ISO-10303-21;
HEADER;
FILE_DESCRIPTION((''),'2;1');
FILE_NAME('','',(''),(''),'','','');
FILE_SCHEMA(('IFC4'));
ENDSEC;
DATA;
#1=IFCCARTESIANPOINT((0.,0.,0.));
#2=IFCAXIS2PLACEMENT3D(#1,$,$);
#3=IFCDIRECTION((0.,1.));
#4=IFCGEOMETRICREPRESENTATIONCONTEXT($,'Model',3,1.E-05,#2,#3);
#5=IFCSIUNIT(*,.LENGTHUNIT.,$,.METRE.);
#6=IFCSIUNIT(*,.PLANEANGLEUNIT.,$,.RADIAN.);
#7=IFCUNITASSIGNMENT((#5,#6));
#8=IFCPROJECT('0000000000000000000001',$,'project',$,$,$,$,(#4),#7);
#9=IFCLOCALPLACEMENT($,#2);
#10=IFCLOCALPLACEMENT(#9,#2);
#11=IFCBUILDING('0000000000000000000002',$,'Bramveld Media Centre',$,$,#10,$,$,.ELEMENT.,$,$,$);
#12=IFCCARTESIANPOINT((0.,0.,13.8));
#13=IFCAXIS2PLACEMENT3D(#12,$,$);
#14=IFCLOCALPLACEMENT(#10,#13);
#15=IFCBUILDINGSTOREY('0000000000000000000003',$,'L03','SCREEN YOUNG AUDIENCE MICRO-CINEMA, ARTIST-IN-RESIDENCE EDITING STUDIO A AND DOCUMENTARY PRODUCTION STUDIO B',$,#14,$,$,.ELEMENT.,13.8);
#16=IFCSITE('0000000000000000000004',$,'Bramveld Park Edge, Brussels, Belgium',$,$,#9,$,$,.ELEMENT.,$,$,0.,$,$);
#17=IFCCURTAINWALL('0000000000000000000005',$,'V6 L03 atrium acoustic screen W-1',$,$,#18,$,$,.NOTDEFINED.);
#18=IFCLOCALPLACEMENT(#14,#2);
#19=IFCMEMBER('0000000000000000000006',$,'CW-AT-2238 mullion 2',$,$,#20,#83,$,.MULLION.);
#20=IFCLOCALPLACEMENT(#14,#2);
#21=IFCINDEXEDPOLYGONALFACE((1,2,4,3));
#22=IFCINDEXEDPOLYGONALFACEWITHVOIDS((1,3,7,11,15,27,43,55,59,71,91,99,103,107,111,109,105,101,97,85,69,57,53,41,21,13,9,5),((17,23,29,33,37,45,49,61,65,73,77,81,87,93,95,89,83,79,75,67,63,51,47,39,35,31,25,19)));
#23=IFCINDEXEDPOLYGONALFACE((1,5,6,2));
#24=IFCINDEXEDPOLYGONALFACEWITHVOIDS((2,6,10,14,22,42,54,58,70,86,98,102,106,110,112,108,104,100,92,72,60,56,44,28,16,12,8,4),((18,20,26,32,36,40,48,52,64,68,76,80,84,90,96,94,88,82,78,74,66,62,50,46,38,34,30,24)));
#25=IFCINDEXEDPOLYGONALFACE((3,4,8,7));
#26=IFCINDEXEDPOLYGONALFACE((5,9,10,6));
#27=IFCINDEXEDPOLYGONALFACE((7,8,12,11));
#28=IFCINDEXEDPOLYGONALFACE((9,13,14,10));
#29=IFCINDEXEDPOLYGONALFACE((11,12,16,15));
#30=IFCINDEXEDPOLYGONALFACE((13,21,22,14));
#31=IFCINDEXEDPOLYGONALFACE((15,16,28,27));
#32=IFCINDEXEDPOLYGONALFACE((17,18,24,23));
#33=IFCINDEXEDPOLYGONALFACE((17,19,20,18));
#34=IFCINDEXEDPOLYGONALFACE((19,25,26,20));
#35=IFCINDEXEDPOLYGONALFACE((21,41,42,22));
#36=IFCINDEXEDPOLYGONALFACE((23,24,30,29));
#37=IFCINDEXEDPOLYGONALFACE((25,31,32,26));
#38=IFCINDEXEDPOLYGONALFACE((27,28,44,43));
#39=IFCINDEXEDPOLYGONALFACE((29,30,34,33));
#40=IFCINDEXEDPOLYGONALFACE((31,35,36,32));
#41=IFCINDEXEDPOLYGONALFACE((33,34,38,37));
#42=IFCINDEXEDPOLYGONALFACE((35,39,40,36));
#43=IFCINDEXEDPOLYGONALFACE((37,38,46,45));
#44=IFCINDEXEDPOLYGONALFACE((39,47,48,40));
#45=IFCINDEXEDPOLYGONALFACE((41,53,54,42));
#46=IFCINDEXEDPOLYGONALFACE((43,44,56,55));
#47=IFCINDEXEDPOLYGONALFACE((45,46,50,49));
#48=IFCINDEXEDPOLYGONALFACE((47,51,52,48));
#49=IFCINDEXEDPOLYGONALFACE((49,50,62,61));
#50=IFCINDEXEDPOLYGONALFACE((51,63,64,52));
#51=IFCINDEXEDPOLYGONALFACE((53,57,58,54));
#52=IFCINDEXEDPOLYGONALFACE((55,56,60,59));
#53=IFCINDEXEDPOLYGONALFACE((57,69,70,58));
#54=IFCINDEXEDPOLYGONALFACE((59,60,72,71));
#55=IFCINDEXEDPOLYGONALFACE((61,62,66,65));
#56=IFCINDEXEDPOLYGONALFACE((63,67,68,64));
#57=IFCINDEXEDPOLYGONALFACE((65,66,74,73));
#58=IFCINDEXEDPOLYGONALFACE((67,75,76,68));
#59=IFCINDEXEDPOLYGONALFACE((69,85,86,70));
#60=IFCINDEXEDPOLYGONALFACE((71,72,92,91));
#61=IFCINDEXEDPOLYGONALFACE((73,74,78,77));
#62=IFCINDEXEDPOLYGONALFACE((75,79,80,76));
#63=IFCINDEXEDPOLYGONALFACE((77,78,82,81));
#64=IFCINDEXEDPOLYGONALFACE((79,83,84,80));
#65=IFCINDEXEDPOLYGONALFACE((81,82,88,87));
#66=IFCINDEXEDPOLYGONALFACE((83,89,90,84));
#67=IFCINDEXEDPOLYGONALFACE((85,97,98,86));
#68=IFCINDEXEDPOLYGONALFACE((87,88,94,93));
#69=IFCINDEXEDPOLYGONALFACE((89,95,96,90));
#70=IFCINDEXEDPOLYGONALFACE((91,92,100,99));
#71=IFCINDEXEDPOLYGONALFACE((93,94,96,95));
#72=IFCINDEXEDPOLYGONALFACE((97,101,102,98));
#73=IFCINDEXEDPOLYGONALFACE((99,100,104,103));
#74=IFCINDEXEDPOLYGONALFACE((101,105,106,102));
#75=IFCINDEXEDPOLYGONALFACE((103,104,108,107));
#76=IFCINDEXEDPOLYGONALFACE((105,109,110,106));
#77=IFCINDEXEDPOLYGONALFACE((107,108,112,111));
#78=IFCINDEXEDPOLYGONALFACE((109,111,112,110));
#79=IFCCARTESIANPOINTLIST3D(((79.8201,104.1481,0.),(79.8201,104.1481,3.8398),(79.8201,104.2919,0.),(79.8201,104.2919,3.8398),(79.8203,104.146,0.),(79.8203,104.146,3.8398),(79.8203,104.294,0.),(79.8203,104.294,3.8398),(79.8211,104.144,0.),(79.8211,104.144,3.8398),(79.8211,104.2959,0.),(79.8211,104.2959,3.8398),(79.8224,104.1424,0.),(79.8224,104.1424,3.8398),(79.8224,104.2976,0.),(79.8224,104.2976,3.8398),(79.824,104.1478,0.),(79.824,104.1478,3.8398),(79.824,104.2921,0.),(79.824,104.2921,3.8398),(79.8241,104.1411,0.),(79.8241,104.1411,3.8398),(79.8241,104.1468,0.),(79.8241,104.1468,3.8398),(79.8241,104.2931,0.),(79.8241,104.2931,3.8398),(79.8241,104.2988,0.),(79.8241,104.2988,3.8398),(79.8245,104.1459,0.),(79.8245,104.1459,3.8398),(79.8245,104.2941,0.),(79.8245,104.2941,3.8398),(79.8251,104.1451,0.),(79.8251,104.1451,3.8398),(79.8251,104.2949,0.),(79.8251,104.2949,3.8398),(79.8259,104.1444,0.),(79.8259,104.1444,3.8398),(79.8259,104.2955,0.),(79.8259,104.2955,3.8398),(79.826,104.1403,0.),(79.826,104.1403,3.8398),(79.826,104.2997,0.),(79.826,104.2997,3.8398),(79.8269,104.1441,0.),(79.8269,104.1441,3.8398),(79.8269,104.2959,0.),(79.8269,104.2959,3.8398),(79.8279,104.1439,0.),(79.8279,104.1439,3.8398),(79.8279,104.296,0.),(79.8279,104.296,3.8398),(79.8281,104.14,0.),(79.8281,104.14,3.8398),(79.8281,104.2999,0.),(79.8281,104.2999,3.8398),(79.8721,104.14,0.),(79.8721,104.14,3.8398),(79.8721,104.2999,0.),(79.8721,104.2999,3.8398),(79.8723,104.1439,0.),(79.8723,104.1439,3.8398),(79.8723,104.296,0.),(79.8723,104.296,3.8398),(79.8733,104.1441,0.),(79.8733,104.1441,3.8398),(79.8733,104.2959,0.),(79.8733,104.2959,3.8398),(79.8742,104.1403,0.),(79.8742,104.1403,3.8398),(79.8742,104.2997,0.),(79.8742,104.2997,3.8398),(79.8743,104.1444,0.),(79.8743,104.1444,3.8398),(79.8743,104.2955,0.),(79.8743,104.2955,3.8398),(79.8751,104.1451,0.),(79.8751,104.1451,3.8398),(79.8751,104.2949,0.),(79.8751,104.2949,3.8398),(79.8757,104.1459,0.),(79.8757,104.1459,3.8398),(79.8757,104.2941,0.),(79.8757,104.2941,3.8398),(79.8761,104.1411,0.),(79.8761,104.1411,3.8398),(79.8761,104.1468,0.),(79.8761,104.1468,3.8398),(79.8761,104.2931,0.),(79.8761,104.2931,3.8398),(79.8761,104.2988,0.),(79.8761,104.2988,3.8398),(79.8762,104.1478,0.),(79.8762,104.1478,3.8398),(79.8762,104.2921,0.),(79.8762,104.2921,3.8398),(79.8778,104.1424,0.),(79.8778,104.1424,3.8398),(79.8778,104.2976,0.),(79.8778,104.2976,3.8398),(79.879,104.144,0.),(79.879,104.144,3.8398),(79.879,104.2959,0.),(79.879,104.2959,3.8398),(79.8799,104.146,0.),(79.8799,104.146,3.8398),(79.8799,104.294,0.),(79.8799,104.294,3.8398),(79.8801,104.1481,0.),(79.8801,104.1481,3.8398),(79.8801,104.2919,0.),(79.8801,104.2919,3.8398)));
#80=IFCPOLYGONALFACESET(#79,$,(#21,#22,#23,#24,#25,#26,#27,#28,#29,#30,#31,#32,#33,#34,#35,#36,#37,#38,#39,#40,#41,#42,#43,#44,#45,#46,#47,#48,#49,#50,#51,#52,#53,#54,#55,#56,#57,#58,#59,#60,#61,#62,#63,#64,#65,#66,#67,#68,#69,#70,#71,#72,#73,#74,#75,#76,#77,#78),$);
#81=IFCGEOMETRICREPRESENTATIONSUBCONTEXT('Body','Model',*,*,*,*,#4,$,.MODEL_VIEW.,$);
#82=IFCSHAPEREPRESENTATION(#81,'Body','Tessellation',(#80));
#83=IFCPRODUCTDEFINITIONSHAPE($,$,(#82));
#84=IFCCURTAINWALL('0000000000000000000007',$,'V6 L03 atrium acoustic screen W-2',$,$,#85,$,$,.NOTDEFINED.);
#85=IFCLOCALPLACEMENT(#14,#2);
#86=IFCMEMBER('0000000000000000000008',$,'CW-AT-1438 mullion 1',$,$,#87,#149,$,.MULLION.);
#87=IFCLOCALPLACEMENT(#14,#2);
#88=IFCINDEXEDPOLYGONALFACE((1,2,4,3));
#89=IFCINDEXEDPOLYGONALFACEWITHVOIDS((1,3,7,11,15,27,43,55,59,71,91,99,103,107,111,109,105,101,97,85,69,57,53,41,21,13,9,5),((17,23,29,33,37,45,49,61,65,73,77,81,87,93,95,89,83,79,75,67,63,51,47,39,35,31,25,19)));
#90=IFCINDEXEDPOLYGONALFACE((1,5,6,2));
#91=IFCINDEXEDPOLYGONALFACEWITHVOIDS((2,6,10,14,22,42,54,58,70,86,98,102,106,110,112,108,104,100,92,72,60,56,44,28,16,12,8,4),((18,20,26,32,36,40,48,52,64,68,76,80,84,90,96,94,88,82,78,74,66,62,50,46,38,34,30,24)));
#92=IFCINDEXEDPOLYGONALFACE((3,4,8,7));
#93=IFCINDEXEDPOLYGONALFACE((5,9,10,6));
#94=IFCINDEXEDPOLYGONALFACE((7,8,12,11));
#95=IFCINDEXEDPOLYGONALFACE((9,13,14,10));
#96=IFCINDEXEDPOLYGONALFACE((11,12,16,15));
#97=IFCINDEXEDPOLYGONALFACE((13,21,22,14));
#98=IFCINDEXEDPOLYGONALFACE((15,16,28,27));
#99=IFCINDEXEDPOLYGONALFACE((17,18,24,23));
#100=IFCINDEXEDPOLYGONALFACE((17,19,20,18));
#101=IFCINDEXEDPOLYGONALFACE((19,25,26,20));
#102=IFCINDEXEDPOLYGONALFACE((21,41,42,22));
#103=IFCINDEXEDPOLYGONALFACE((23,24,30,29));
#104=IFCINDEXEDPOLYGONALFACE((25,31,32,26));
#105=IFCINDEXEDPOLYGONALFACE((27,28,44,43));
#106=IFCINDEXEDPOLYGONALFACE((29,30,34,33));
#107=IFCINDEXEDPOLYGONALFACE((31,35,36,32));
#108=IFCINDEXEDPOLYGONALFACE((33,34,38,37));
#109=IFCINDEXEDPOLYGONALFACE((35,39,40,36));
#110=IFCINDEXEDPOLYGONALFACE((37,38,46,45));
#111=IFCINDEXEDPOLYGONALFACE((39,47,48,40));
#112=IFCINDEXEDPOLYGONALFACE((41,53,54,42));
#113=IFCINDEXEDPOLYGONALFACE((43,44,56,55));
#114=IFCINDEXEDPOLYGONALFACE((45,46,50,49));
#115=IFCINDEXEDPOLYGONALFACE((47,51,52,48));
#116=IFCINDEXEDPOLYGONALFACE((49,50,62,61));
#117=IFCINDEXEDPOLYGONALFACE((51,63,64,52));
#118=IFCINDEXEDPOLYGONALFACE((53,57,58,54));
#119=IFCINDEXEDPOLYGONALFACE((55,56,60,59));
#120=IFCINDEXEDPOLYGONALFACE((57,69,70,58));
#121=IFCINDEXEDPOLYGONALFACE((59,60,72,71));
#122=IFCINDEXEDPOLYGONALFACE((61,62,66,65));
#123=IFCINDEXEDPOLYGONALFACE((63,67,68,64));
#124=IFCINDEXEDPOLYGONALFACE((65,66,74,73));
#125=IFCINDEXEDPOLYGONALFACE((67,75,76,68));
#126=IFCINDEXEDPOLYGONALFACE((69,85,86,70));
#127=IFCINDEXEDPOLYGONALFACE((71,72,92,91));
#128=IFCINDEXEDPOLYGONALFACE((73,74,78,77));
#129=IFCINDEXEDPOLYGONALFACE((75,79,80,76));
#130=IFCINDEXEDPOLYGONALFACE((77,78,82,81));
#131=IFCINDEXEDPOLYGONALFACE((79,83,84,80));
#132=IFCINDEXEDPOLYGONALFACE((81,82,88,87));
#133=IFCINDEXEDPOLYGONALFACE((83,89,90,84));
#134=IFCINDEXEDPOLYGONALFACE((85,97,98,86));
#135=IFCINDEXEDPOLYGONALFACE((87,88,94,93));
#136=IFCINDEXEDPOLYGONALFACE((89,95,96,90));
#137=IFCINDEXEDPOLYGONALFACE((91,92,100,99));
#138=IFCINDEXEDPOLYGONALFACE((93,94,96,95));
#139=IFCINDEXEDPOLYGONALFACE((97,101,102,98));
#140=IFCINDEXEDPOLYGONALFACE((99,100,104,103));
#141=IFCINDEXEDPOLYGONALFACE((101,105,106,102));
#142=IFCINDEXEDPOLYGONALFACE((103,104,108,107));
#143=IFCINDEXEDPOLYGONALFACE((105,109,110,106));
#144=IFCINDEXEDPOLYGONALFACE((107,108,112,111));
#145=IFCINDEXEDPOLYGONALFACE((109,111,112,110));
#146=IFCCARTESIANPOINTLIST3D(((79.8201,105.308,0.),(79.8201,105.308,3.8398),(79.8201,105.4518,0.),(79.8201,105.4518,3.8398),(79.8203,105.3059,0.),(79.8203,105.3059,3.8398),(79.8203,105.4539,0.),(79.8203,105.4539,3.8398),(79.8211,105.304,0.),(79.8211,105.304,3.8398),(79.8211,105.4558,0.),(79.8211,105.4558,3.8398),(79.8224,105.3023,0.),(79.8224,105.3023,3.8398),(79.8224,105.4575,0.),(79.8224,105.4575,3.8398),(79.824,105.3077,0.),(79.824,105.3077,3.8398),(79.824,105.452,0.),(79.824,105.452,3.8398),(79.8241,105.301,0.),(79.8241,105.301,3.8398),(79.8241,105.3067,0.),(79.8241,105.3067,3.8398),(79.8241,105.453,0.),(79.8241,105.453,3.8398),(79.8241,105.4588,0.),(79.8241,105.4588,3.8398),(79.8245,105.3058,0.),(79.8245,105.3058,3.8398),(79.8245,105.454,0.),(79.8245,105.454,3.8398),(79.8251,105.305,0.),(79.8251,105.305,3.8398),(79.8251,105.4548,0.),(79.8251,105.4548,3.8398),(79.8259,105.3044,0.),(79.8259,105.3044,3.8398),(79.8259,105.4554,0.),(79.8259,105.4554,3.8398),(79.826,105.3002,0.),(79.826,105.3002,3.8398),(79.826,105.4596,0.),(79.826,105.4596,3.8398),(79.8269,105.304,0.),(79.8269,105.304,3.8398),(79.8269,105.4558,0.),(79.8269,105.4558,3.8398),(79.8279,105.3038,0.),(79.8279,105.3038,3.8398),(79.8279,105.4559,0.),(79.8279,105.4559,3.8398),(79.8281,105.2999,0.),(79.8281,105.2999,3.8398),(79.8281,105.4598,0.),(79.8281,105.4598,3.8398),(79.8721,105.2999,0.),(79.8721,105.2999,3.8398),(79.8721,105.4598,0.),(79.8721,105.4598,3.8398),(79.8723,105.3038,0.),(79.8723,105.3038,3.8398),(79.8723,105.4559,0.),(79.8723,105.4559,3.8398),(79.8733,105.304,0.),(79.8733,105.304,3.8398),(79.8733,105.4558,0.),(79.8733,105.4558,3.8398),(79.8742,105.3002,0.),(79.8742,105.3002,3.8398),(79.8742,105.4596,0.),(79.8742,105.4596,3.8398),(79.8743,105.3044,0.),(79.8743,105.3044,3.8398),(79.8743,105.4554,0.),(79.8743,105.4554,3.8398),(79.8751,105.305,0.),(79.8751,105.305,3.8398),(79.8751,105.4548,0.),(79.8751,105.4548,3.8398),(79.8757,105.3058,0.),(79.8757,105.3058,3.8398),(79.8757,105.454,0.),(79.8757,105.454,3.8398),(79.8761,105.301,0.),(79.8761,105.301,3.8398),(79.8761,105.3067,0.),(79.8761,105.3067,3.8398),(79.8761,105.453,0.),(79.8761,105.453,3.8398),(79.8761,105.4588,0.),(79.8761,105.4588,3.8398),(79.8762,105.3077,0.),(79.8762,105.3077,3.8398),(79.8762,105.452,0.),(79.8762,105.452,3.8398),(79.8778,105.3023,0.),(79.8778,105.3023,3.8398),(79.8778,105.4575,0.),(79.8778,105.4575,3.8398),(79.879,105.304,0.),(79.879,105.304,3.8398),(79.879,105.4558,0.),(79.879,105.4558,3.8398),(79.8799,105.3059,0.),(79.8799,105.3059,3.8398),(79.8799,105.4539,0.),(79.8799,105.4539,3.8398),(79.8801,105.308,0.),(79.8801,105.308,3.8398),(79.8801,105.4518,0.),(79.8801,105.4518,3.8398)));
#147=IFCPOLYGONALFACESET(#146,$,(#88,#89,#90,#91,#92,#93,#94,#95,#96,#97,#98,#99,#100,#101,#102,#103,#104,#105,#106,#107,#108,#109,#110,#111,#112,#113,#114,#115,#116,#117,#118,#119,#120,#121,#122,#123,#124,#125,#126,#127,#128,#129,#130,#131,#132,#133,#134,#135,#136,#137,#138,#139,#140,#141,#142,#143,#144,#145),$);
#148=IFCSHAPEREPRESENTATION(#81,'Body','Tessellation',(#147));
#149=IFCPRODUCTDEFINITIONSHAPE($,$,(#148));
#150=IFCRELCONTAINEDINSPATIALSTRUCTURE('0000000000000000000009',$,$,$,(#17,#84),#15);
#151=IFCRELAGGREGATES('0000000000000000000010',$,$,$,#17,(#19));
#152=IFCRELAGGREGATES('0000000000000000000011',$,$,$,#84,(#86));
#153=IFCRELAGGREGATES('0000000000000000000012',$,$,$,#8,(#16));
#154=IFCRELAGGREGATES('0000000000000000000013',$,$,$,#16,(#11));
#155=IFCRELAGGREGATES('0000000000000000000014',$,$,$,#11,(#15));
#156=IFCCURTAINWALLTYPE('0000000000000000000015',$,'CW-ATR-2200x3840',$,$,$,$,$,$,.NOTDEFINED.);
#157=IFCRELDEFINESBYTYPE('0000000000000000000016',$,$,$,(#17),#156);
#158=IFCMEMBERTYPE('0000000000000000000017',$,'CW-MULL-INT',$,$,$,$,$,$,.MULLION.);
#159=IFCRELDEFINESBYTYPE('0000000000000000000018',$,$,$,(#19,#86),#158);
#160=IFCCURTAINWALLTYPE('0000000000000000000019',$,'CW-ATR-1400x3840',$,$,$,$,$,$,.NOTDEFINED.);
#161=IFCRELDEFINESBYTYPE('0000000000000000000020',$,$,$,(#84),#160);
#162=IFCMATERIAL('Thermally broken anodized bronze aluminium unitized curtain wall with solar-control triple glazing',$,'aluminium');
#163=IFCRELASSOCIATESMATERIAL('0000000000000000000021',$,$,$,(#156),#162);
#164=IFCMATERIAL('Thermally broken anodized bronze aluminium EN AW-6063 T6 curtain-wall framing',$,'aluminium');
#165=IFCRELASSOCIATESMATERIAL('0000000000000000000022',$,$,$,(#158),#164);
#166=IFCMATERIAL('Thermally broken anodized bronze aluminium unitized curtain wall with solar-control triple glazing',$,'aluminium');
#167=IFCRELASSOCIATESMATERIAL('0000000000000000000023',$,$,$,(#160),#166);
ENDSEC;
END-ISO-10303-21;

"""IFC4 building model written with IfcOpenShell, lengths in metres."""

from ifc_helpers import new_model, si_unit, direction, frame, origin, origin_2d, place, context, subcontext, project, spatial, hollow_rectangle, extrude, material, material_profile, profile_set, type_object, element, aggregate, save


model = new_model("IFC4")

# Units and contexts
model_context = context("Model", 3, precision=1e-05, world=origin(), true_north=direction((0.0, 1.0)))
body_context = subcontext(model_context, "Body", "Model", "MODEL_VIEW")
ifc_project = project(units=[si_unit("LENGTHUNIT", "METRE"), si_unit("PLANEANGLEUNIT", "RADIAN")], contexts=[model_context])

# Site, building, storey
site_placement = place(None, origin())
site = spatial("IfcSite", under=ifc_project, at=site_placement, Name="Bramveld Park Edge, Brussels, Belgium", CompositionType="ELEMENT", RefElevation=0.0)
building_placement = place(site_placement, origin())
building = spatial("IfcBuilding", under=site, at=building_placement, Name="Bramveld Media Centre", CompositionType="ELEMENT")
storey_placement = place(building_placement, frame((0.0, 0.0, 13.8)))
storey = spatial("IfcBuildingStorey", under=building, at=storey_placement, Name="L03", Description="SCREEN YOUNG AUDIENCE MICRO-CINEMA, ARTIST-IN-RESIDENCE EDITING STUDIO A AND DOCUMENTARY PRODUCTION STUDIO B", CompositionType="ELEMENT", Elevation=13.8)

# Curtain wall, member
ifc_material_1 = material(Name="Thermally broken anodized bronze aluminium unitized curtain wall with solar-control triple glazing", Category="aluminium")
curtain_wall_type_1 = type_object("IfcCurtainWallType", Name="CW-ATR-2200x3840", PredefinedType="NOTDEFINED", material=ifc_material_1)
curtain_wall_1_placement = place(storey_placement, origin())
curtain_wall_1 = element("IfcCurtainWall", 1, at=curtain_wall_1_placement, inside=storey, type_object=curtain_wall_type_1, Name="V6 L03 atrium acoustic screen W-1", PredefinedType="NOTDEFINED")
ifc_material_2 = material(Name="Thermally broken anodized bronze aluminium EN AW-6063 T6 curtain-wall framing", Category="aluminium")
ifc_material_profile_1 = material_profile(ifc_material_2, hollow_rectangle(XDim=0.0601, YDim=0.1599, WallThickness=0.0039, InnerFilletRadius=0.0039, OuterFilletRadius=0.0081, at=origin_2d()), Name="AL-MULL 60x160")
ifc_profile_set_1 = profile_set([ifc_material_profile_1], Name="Thermally broken anodized bronze aluminium EN AW-6063 T6 curtain-wall framing")
member_type_1 = type_object("IfcMemberType", Name="CW-MULL-INT", PredefinedType="MULLION", material=ifc_profile_set_1)
member_1_placement = place(storey_placement, frame((79.8501, 104.22, 0.0), z_axis=(0.0, 0.0, 1.0), x_axis=(-1.0, 0.0, 0.0)))
member_1 = element("IfcMember", 2, at=member_1_placement, type_object=member_type_1, Name="CW-AT-2238 mullion 2", PredefinedType="MULLION", context=body_context, shape_type="SweptSolid", body=[
    extrude(hollow_rectangle(XDim=0.0601, YDim=0.1599, WallThickness=0.0039, InnerFilletRadius=0.0039, OuterFilletRadius=0.0081, at=origin_2d()), origin(), (0.0, 0.0, 1.0), 3.8398),
])

# Curtain wall, member
ifc_material_3 = material(Name="Thermally broken anodized bronze aluminium unitized curtain wall with solar-control triple glazing", Category="aluminium")
curtain_wall_type_2 = type_object("IfcCurtainWallType", Name="CW-ATR-1400x3840", PredefinedType="NOTDEFINED", material=ifc_material_3)
curtain_wall_2_placement = place(storey_placement, origin())
curtain_wall_2 = element("IfcCurtainWall", 3, at=curtain_wall_2_placement, inside=storey, type_object=curtain_wall_type_2, Name="V6 L03 atrium acoustic screen W-2", PredefinedType="NOTDEFINED")
member_2_placement = place(storey_placement, frame((79.8501, 105.3799, 0.0), z_axis=(0.0, 0.0, 1.0), x_axis=(-1.0, 0.0, 0.0)))
member_2 = element("IfcMember", 4, at=member_2_placement, type_object=member_type_1, Name="CW-AT-1438 mullion 1", PredefinedType="MULLION", context=body_context, shape_type="SweptSolid", body=[
    extrude(hollow_rectangle(XDim=0.0601, YDim=0.1599, WallThickness=0.0039, InnerFilletRadius=0.0039, OuterFilletRadius=0.0081, at=origin_2d()), origin(), (0.0, 0.0, 1.0), 3.8398),
])

aggregate(curtain_wall_1, [member_1])
aggregate(curtain_wall_2, [member_2])

save(model, "model.ifc")
